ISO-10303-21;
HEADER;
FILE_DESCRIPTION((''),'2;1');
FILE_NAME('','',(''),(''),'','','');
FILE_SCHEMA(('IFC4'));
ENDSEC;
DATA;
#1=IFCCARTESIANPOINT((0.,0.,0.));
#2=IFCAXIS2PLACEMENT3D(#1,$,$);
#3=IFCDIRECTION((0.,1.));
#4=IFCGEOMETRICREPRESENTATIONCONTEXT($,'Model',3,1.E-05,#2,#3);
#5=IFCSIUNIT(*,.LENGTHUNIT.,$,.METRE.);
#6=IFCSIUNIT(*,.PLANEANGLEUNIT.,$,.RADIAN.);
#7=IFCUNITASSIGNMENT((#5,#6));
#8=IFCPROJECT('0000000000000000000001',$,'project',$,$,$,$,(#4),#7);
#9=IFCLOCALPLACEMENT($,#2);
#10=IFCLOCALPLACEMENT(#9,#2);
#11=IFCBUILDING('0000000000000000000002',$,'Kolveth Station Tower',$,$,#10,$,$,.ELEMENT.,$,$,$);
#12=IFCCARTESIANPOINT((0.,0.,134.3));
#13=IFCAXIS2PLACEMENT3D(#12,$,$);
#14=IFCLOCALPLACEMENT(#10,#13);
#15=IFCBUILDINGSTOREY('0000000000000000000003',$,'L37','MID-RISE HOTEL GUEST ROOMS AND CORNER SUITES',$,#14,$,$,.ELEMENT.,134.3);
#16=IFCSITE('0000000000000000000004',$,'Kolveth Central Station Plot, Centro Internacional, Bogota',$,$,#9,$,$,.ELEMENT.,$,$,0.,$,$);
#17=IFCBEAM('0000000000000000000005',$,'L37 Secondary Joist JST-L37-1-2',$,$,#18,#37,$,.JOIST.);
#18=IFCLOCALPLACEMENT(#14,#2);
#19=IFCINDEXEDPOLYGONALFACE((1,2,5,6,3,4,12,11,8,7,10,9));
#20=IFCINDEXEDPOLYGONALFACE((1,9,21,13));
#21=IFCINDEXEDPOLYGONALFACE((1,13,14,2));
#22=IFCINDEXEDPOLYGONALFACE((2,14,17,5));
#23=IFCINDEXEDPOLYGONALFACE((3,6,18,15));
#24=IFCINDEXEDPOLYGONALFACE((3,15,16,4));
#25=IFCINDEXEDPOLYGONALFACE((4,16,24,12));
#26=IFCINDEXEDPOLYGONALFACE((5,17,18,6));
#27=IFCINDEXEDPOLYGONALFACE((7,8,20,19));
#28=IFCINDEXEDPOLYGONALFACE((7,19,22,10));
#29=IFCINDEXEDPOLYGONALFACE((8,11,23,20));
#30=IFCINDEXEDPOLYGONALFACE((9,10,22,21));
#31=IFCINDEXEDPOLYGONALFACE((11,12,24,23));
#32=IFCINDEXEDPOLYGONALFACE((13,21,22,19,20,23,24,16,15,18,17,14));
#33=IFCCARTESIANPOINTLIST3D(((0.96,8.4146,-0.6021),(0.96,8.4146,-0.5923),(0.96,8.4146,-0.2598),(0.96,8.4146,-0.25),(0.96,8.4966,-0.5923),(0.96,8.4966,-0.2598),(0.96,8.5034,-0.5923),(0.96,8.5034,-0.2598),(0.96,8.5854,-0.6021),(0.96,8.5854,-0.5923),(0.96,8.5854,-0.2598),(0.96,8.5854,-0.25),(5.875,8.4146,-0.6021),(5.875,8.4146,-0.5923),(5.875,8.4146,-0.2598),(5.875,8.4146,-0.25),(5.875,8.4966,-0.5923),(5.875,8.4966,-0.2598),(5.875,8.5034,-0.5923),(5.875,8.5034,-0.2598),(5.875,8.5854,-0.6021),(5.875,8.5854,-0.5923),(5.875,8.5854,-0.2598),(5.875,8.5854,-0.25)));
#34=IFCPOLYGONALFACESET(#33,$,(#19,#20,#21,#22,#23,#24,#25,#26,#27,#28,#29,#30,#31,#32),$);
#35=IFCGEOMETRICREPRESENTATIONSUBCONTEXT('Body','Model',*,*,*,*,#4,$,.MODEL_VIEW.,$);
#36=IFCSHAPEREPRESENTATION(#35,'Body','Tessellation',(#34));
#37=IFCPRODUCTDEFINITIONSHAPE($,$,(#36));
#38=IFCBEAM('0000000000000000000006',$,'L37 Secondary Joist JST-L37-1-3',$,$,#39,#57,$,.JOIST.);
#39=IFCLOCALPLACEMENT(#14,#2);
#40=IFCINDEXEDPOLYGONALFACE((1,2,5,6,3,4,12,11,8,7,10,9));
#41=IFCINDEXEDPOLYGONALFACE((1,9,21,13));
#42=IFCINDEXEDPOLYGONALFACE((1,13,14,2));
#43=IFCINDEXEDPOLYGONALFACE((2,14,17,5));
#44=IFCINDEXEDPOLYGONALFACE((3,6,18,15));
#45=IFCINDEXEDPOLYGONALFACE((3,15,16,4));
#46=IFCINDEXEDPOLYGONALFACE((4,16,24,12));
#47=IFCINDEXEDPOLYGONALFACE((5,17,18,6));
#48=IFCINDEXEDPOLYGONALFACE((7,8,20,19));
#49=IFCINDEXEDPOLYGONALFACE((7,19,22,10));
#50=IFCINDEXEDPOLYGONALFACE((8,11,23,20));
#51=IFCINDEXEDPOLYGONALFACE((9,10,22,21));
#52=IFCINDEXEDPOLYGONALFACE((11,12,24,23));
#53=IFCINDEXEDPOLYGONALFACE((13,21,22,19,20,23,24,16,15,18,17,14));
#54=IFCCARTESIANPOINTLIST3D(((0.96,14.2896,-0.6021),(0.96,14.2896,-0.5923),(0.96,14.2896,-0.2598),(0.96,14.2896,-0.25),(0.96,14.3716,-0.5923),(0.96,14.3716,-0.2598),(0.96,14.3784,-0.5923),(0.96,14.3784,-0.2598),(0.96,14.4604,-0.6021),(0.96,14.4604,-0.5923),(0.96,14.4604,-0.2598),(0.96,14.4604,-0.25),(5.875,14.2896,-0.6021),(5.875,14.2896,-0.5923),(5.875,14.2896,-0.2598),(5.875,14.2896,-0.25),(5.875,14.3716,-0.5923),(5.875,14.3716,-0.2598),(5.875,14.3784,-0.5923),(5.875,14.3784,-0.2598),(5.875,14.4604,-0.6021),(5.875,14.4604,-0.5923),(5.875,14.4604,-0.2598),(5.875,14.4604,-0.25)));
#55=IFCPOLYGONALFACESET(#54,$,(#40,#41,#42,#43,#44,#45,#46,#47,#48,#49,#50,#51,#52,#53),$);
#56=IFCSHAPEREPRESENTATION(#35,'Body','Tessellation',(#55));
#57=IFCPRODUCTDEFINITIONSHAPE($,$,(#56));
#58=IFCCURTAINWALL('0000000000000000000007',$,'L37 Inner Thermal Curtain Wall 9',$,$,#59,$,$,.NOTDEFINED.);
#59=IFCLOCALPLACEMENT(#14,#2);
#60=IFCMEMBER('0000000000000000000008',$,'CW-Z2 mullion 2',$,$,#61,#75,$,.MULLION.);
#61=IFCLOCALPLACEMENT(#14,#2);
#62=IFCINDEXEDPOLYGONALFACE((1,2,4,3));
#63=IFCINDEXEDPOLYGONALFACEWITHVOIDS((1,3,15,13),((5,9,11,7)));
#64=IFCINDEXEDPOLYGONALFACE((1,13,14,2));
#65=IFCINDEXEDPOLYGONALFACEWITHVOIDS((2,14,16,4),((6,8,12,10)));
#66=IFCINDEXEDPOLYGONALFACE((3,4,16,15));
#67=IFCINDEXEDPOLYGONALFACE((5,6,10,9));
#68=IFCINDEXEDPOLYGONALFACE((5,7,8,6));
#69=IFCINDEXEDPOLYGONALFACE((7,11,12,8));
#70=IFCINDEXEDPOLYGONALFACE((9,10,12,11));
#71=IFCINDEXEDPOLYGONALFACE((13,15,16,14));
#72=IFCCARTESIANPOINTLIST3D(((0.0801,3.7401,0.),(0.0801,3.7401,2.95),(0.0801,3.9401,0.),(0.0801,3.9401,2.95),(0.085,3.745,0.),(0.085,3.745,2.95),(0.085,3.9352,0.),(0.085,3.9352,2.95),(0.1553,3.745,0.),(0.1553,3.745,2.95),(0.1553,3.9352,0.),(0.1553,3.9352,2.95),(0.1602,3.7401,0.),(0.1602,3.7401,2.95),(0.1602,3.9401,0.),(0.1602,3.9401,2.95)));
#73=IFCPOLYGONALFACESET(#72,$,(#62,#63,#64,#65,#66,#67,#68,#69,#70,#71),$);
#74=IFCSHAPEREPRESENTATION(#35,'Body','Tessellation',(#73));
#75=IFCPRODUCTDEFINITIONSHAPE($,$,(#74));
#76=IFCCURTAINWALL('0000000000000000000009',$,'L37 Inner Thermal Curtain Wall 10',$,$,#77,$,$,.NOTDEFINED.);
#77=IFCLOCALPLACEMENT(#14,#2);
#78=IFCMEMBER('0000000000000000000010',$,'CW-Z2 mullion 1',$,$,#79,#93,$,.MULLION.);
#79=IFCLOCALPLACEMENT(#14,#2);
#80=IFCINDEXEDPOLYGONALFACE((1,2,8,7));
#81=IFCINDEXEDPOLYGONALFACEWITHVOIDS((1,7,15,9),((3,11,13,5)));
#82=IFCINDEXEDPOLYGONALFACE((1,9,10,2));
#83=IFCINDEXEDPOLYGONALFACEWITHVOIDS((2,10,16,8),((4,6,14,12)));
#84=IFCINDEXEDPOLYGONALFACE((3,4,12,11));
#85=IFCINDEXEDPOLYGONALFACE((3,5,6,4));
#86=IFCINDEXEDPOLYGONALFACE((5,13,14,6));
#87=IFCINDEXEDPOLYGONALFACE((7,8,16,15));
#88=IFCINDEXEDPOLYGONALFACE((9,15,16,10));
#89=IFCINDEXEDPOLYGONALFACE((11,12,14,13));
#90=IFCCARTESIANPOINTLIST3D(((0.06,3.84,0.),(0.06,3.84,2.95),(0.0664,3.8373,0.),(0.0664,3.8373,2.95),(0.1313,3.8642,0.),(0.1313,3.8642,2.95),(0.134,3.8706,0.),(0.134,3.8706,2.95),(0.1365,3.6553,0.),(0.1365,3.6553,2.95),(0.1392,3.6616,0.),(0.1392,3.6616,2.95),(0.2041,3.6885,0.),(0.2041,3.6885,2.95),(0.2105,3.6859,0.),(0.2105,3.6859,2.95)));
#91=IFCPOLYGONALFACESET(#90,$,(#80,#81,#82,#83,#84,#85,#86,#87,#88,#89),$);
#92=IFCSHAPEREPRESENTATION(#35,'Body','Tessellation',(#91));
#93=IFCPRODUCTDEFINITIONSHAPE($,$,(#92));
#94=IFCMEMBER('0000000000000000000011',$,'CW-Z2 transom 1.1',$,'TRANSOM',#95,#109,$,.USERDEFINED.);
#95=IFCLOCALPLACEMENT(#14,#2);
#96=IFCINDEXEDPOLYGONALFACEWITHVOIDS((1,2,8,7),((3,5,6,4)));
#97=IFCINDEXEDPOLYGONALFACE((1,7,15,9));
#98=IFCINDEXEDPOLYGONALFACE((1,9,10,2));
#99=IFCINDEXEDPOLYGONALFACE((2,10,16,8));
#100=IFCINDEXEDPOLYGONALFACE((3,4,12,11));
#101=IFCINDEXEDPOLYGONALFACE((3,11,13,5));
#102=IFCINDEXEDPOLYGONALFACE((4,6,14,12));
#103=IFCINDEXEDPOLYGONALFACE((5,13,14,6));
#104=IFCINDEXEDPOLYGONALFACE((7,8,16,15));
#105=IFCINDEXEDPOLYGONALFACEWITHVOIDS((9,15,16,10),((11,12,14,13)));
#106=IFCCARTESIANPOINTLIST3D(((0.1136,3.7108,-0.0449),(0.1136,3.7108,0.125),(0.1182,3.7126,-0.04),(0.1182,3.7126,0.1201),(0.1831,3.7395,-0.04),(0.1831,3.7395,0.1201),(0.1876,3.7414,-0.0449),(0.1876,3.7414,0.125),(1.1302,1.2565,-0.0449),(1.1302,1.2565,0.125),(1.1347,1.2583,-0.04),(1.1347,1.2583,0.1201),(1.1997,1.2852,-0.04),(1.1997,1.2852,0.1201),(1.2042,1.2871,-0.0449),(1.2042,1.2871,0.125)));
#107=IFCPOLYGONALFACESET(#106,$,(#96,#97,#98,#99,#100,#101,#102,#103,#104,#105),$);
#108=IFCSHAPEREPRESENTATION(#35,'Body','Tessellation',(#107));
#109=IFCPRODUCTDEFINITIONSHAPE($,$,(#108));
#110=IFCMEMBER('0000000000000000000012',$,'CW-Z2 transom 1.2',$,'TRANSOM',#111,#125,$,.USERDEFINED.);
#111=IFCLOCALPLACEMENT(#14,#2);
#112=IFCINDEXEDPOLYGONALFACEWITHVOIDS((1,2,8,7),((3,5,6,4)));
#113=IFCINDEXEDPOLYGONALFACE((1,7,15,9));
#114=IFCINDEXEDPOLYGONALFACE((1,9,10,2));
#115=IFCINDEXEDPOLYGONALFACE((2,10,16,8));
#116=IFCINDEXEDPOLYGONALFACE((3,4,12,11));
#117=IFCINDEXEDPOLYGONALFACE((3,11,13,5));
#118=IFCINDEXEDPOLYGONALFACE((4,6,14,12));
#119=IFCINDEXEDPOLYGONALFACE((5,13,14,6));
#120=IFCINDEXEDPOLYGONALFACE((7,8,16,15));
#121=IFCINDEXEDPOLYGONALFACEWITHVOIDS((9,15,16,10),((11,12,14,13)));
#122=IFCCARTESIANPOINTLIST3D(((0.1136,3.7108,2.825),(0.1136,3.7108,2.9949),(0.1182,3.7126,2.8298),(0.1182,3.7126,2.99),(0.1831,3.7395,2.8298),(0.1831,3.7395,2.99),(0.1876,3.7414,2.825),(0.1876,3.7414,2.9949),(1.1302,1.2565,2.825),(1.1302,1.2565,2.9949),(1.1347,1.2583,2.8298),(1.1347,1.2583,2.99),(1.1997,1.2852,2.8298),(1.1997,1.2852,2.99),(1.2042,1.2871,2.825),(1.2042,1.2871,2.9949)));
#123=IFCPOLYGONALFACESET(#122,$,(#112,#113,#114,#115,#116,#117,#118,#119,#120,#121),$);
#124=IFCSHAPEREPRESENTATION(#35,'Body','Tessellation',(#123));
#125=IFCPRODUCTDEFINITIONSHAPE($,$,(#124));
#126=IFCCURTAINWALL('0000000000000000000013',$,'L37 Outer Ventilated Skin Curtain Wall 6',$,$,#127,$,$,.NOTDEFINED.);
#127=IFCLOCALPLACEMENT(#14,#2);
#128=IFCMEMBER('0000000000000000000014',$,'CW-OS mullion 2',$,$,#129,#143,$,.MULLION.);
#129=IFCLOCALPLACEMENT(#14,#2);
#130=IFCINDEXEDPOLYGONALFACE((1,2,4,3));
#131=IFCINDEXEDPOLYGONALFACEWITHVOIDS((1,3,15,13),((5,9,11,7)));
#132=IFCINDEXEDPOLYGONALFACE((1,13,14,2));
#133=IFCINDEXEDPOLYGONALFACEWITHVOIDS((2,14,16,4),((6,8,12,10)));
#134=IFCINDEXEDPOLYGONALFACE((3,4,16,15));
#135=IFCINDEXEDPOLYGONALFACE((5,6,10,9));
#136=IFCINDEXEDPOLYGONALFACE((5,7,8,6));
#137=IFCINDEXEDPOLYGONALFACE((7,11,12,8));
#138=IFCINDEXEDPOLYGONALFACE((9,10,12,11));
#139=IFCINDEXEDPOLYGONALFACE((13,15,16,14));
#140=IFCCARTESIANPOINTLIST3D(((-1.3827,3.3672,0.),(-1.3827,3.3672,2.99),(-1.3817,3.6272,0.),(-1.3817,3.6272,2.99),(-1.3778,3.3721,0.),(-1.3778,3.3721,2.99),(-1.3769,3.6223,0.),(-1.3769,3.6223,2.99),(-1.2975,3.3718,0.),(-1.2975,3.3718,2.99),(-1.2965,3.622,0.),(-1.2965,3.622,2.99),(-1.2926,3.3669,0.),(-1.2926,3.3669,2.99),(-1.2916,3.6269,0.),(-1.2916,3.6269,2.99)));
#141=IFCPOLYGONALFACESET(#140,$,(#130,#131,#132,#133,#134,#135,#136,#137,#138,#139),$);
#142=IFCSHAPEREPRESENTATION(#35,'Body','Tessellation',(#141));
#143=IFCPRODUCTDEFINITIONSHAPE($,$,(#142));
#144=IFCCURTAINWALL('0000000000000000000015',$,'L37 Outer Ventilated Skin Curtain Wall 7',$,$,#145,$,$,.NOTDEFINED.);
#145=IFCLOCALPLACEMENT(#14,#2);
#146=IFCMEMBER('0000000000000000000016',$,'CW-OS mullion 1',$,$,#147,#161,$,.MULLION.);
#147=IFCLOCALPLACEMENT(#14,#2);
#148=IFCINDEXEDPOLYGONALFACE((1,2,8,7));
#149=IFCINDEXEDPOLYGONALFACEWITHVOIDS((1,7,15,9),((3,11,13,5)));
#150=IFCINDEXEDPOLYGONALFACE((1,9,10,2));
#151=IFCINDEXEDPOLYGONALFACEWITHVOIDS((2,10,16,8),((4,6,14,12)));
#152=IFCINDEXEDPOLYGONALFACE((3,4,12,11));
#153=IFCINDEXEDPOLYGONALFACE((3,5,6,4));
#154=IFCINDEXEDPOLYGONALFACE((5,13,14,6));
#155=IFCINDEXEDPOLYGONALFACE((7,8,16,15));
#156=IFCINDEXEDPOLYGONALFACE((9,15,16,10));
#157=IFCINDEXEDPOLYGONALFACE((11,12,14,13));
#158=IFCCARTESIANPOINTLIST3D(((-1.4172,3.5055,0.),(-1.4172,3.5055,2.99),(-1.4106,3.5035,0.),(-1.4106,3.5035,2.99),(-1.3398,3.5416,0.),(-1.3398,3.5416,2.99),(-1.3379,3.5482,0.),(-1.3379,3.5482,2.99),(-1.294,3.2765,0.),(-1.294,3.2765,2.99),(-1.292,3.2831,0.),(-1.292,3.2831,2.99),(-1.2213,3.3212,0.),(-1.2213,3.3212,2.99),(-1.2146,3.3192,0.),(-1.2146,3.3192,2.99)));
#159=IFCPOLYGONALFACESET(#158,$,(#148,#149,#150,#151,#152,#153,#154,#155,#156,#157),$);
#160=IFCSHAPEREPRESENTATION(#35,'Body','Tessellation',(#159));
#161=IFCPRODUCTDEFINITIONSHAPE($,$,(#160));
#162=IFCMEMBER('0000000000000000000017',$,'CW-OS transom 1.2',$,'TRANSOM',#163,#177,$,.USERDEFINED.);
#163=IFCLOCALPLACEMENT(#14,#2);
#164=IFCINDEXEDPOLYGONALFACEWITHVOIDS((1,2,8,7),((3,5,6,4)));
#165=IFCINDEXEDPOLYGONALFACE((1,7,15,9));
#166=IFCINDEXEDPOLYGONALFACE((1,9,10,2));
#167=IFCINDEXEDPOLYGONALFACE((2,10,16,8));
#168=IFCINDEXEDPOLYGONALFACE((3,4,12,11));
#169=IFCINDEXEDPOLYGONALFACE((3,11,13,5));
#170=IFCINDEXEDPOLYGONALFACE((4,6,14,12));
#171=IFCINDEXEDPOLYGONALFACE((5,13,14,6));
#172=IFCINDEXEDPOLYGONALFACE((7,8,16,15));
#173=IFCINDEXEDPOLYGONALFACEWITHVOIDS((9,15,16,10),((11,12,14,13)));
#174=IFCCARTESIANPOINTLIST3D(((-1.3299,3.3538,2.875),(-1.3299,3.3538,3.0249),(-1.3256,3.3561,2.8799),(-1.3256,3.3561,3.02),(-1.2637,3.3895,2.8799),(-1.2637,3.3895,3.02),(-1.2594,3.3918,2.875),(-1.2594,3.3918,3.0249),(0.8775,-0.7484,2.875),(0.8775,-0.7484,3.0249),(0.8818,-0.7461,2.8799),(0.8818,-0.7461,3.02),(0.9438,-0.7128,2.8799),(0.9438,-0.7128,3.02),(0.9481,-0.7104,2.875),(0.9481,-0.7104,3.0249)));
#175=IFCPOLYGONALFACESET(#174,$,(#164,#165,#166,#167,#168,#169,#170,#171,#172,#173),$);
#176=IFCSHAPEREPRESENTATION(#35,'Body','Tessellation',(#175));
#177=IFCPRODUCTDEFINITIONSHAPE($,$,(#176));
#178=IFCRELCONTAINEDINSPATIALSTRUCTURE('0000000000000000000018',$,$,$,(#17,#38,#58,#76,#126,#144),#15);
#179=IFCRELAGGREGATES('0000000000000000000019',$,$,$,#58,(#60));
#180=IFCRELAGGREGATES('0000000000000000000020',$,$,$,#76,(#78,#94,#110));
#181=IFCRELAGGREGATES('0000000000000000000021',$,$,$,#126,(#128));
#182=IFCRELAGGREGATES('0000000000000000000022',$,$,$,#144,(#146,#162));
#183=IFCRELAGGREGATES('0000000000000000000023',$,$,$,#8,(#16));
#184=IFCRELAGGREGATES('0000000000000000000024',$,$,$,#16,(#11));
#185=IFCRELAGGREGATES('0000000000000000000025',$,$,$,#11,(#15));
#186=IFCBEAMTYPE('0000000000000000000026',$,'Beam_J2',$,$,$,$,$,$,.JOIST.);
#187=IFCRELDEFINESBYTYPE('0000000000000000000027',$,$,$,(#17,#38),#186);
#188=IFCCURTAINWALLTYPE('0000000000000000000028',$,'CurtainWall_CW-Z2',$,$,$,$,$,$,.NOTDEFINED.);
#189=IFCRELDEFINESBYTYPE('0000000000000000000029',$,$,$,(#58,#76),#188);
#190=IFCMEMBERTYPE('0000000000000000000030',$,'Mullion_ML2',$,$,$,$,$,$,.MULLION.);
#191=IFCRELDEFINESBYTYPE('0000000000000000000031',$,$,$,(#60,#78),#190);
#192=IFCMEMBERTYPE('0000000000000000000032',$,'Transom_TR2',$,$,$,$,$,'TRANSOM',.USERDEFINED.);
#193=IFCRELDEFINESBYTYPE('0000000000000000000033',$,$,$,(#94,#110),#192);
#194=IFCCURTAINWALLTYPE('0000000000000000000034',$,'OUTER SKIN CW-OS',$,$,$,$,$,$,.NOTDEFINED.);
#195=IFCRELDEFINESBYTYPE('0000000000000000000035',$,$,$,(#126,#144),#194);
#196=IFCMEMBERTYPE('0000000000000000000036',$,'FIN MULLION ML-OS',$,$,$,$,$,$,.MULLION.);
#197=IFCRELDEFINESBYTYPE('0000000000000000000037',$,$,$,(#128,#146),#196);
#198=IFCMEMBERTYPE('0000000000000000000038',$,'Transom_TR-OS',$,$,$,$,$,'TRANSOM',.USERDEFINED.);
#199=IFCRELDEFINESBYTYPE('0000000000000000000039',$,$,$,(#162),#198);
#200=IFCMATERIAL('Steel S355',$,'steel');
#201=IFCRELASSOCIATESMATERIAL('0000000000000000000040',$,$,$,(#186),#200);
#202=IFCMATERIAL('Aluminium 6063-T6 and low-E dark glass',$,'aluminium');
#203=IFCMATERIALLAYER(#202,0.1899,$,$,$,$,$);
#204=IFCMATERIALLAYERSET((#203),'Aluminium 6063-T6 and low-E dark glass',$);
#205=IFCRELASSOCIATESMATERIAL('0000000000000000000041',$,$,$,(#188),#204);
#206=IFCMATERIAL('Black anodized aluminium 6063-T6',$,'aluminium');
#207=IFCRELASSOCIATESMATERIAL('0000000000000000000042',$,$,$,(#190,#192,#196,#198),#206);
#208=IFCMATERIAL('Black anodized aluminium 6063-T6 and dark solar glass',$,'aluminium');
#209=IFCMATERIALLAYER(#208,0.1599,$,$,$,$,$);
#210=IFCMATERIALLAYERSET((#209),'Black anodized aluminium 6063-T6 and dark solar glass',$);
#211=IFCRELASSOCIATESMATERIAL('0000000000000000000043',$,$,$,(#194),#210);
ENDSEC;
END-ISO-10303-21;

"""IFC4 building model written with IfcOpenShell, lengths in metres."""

from ifc_helpers import new_model, si_unit, direction, frame, origin, origin_2d, place, context, subcontext, project, spatial, hollow_rectangle, i_section, extrude, source, transform, mapped, material, layer, layer_set, material_profile, profile_set, type_object, element, aggregate, save


model = new_model("IFC4")

# Units and contexts
model_context = context("Model", 3, precision=1e-05, world=origin(), true_north=direction((0.0, 1.0)))
body_context = subcontext(model_context, "Body", "Model", "MODEL_VIEW")
ifc_project = project(units=[si_unit("LENGTHUNIT", "METRE"), si_unit("PLANEANGLEUNIT", "RADIAN")], contexts=[model_context])

# Site, building, storey
site_placement = place(None, origin())
site = spatial("IfcSite", under=ifc_project, at=site_placement, Name="Kolveth Central Station Plot, Centro Internacional, Bogota", CompositionType="ELEMENT", RefElevation=0.0)
building_placement = place(site_placement, origin())
building = spatial("IfcBuilding", under=site, at=building_placement, Name="Kolveth Station Tower", CompositionType="ELEMENT")
storey_placement = place(building_placement, frame((0.0, 0.0, 134.3)))
storey = spatial("IfcBuildingStorey", under=building, at=storey_placement, Name="L37", Description="MID-RISE HOTEL GUEST ROOMS AND CORNER SUITES", CompositionType="ELEMENT", Elevation=134.3)

# Beams
ifc_material_1 = material(Name="Steel S355", Category="steel")
ifc_material_profile_1 = material_profile(ifc_material_1, i_section(OverallWidth=0.1709, OverallDepth=0.3521, WebThickness=0.0068, FlangeThickness=0.0098, at=origin_2d()), Name="W360x44")
ifc_profile_set_1 = profile_set([ifc_material_profile_1], Name="Steel S355")
beam_type_1 = type_object("IfcBeamType", Name="Beam_J2", PredefinedType="JOIST", material=ifc_profile_set_1)
shared_shape_1 = source(origin(), body_context, "Body", "SweptSolid", [
    extrude(i_section(OverallWidth=0.1709, OverallDepth=0.3521, WebThickness=0.0068, FlangeThickness=0.0098, at=origin_2d()), origin(), (0.0, 0.0, 1.0), 4.915),
])
for number, where, z_axis, x_axis, name in (
    (1, (0.96, 8.5, -0.426), (1.0, 0.0, 0.0), (0.0, 1.0, 0.0), "L37 Secondary Joist JST-L37-1-2"),
    (2, (0.96, 14.375, -0.426), (1.0, 0.0, 0.0), (0.0, 1.0, 0.0), "L37 Secondary Joist JST-L37-1-3"),
):
    element("IfcBeam", number, at=place(storey_placement, frame(where, z_axis=z_axis, x_axis=x_axis)), inside=storey, type_object=beam_type_1, Name=name, PredefinedType="JOIST", context=body_context, shape_type="MappedRepresentation", body=[
        mapped(shared_shape_1, transform((0.0, 0.0, 0.0), x_axis=(1.0, 0.0, 0.0), y_axis=(0.0, 1.0, 0.0), z_axis=(0.0, 0.0, 1.0), scale=1.0)),
    ])

# Curtain wall, member
ifc_material_2 = material(Name="Aluminium 6063-T6 and low-E dark glass", Category="aluminium")
ifc_layer_1 = layer(ifc_material_2, 0.1899)
ifc_layer_set_1 = layer_set([ifc_layer_1], Name="Aluminium 6063-T6 and low-E dark glass")
curtain_wall_type_1 = type_object("IfcCurtainWallType", Name="CurtainWall_CW-Z2", PredefinedType="NOTDEFINED", material=ifc_layer_set_1)
curtain_wall_1_placement = place(storey_placement, origin())
curtain_wall_1 = element("IfcCurtainWall", 3, at=curtain_wall_1_placement, inside=storey, type_object=curtain_wall_type_1, Name="L37 Inner Thermal Curtain Wall 9", PredefinedType="NOTDEFINED")
ifc_material_3 = material(Name="Black anodized aluminium 6063-T6", Category="aluminium")
ifc_material_profile_2 = material_profile(ifc_material_3, hollow_rectangle(XDim=0.0801, YDim=0.2, WallThickness=0.0049, at=origin_2d()), Name="ALU-80x200x5")
ifc_profile_set_2 = profile_set([ifc_material_profile_2], Name="Black anodized aluminium 6063-T6")
member_type_1 = type_object("IfcMemberType", Name="Mullion_ML2", PredefinedType="MULLION", material=ifc_profile_set_2)
shared_shape_2 = source(origin(), body_context, "Body", "SweptSolid", [
    extrude(hollow_rectangle(XDim=0.0801, YDim=0.2, WallThickness=0.0049, at=origin_2d()), origin(), (0.0, 0.0, 1.0), 2.95),
])
member_1_placement = place(storey_placement, frame((0.1201, 3.8401, 0.0), z_axis=(0.0, 0.0, 1.0), x_axis=(1.0, 0.0, 0.0)))
member_1 = element("IfcMember", 4, at=member_1_placement, type_object=member_type_1, Name="CW-Z2 mullion 2", PredefinedType="MULLION", context=body_context, shape_type="MappedRepresentation", body=[
    mapped(shared_shape_2, transform((0.0, 0.0, 0.0), x_axis=(1.0, 0.0, 0.0), y_axis=(0.0, 1.0, 0.0), z_axis=(0.0, 0.0, 1.0), scale=1.0)),
])
aggregate(curtain_wall_1, [member_1])

# Curtain wall, members
curtain_wall_2_placement = place(storey_placement, origin())
curtain_wall_2 = element("IfcCurtainWall", 5, at=curtain_wall_2_placement, inside=storey, type_object=curtain_wall_type_1, Name="L37 Inner Thermal Curtain Wall 10", PredefinedType="NOTDEFINED")
member_2_placement = place(storey_placement, frame((0.1353, 3.7629, 0.0), z_axis=(0.0, 0.0, 1.0), x_axis=(0.923888, 0.382663, 0.0)))
member_2 = element("IfcMember", 6, at=member_2_placement, type_object=member_type_1, Name="CW-Z2 mullion 1", PredefinedType="MULLION", context=body_context, shape_type="MappedRepresentation", body=[
    mapped(shared_shape_2, transform((0.0, 0.0, 0.0), x_axis=(1.0, 0.0, 0.0), y_axis=(0.0, 1.0, 0.0), z_axis=(0.0, 0.0, 1.0), scale=1.0)),
])
ifc_material_profile_3 = material_profile(ifc_material_3, hollow_rectangle(XDim=0.0801, YDim=0.1699, WallThickness=0.0049, at=origin_2d()), Name="ALU-80x170x5")
ifc_profile_set_3 = profile_set([ifc_material_profile_3], Name="Black anodized aluminium 6063-T6")
member_type_2 = type_object("IfcMemberType", Name="Transom_TR2", ElementType="TRANSOM", PredefinedType="USERDEFINED", material=ifc_profile_set_3)
shared_shape_3 = source(origin(), body_context, "Body", "SweptSolid", [
    extrude(hollow_rectangle(XDim=0.0801, YDim=0.1699, WallThickness=0.0049, at=origin_2d()), origin(), (0.0, 0.0, 1.0), 2.6565),
])
member_3_placement = place(storey_placement, frame((0.1506, 3.7261, 0.04), z_axis=(0.382676, -0.923882, 0.0), x_axis=(0.923882, 0.382676, 0.0)))
member_3 = element("IfcMember", 7, at=member_3_placement, type_object=member_type_2, Name="CW-Z2 transom 1.1", ObjectType="TRANSOM", PredefinedType="USERDEFINED", context=body_context, shape_type="MappedRepresentation", body=[
    mapped(shared_shape_3, transform((0.0, 0.0, 0.0), x_axis=(1.0, 0.0, 0.0), y_axis=(0.0, 1.0, 0.0), z_axis=(0.0, 0.0, 1.0), scale=1.0)),
])
member_4_placement = place(storey_placement, frame((0.1506, 3.7261, 2.9099), z_axis=(0.382676, -0.923882, 0.0), x_axis=(0.923882, 0.382676, 0.0)))
member_4 = element("IfcMember", 8, at=member_4_placement, type_object=member_type_2, Name="CW-Z2 transom 1.2", ObjectType="TRANSOM", PredefinedType="USERDEFINED", context=body_context, shape_type="MappedRepresentation", body=[
    mapped(shared_shape_3, transform((0.0, 0.0, 0.0), x_axis=(1.0, 0.0, 0.0), y_axis=(0.0, 1.0, 0.0), z_axis=(0.0, 0.0, 1.0), scale=1.0)),
])
aggregate(curtain_wall_2, [member_2, member_3, member_4])

# Curtain wall, member
ifc_material_4 = material(Name="Black anodized aluminium 6063-T6 and dark solar glass", Category="aluminium")
ifc_layer_2 = layer(ifc_material_4, 0.1599)
ifc_layer_set_2 = layer_set([ifc_layer_2], Name="Black anodized aluminium 6063-T6 and dark solar glass")
curtain_wall_type_2 = type_object("IfcCurtainWallType", Name="OUTER SKIN CW-OS", PredefinedType="NOTDEFINED", material=ifc_layer_set_2)
curtain_wall_3_placement = place(storey_placement, origin())
curtain_wall_3 = element("IfcCurtainWall", 9, at=curtain_wall_3_placement, inside=storey, type_object=curtain_wall_type_2, Name="L37 Outer Ventilated Skin Curtain Wall 6", PredefinedType="NOTDEFINED")
ifc_material_profile_4 = material_profile(ifc_material_3, hollow_rectangle(XDim=0.0901, YDim=0.26, WallThickness=0.0049, at=origin_2d()), Name="ALU-90x260x5")
ifc_profile_set_4 = profile_set([ifc_material_profile_4], Name="Black anodized aluminium 6063-T6")
member_type_3 = type_object("IfcMemberType", Name="FIN MULLION ML-OS", PredefinedType="MULLION", material=ifc_profile_set_4)
shared_shape_4 = source(origin(), body_context, "Body", "SweptSolid", [
    extrude(hollow_rectangle(XDim=0.0901, YDim=0.26, WallThickness=0.0049, at=origin_2d()), origin(), (0.0, 0.0, 1.0), 2.99),
])
member_5_placement = place(storey_placement, frame((-1.3372, 3.4971, 0.0), z_axis=(0.0, 0.0, 1.0), x_axis=(0.999993, -0.003686, 0.0)))
member_5 = element("IfcMember", 10, at=member_5_placement, type_object=member_type_3, Name="CW-OS mullion 2", PredefinedType="MULLION", context=body_context, shape_type="MappedRepresentation", body=[
    mapped(shared_shape_4, transform((0.0, 0.0, 0.0), x_axis=(1.0, 0.0, 0.0), y_axis=(0.0, 1.0, 0.0), z_axis=(0.0, 0.0, 1.0), scale=1.0)),
])
aggregate(curtain_wall_3, [member_5])

# Curtain wall, members
curtain_wall_4_placement = place(storey_placement, origin())
curtain_wall_4 = element("IfcCurtainWall", 11, at=curtain_wall_4_placement, inside=storey, type_object=curtain_wall_type_2, Name="L37 Outer Ventilated Skin Curtain Wall 7", PredefinedType="NOTDEFINED")
member_6_placement = place(storey_placement, frame((-1.3159, 3.4124, 0.0), z_axis=(0.0, 0.0, 1.0), x_axis=(0.880603, 0.473855, 0.0)))
member_6 = element("IfcMember", 12, at=member_6_placement, type_object=member_type_3, Name="CW-OS mullion 1", PredefinedType="MULLION", context=body_context, shape_type="MappedRepresentation", body=[
    mapped(shared_shape_4, transform((0.0, 0.0, 0.0), x_axis=(1.0, 0.0, 0.0), y_axis=(0.0, 1.0, 0.0), z_axis=(0.0, 0.0, 1.0), scale=1.0)),
])
ifc_material_profile_5 = material_profile(ifc_material_3, hollow_rectangle(XDim=0.0801, YDim=0.1499, WallThickness=0.0049, at=origin_2d()), Name="ALU-80x150x5")
ifc_profile_set_5 = profile_set([ifc_material_profile_5], Name="Black anodized aluminium 6063-T6")
member_type_4 = type_object("IfcMemberType", Name="Transom_TR-OS", ElementType="TRANSOM", PredefinedType="USERDEFINED", material=ifc_profile_set_5)
shared_shape_5 = source(origin(), body_context, "Body", "SweptSolid", [
    extrude(hollow_rectangle(XDim=0.0801, YDim=0.1499, WallThickness=0.0049, at=origin_2d()), origin(), (0.0, 0.0, 1.0), 4.6584),
])
member_7_placement = place(storey_placement, frame((-1.2947, 3.3728, 2.95), z_axis=(0.473865, -0.880597, 0.0), x_axis=(0.880597, 0.473865, 0.0)))
member_7 = element("IfcMember", 13, at=member_7_placement, type_object=member_type_4, Name="CW-OS transom 1.2", ObjectType="TRANSOM", PredefinedType="USERDEFINED", context=body_context, shape_type="MappedRepresentation", body=[
    mapped(shared_shape_5, transform((0.0, 0.0, 0.0), x_axis=(1.0, 0.0, 0.0), y_axis=(0.0, 1.0, 0.0), z_axis=(0.0, 0.0, 1.0), scale=1.0)),
])
aggregate(curtain_wall_4, [member_6, member_7])

save(model, "model.ifc")
